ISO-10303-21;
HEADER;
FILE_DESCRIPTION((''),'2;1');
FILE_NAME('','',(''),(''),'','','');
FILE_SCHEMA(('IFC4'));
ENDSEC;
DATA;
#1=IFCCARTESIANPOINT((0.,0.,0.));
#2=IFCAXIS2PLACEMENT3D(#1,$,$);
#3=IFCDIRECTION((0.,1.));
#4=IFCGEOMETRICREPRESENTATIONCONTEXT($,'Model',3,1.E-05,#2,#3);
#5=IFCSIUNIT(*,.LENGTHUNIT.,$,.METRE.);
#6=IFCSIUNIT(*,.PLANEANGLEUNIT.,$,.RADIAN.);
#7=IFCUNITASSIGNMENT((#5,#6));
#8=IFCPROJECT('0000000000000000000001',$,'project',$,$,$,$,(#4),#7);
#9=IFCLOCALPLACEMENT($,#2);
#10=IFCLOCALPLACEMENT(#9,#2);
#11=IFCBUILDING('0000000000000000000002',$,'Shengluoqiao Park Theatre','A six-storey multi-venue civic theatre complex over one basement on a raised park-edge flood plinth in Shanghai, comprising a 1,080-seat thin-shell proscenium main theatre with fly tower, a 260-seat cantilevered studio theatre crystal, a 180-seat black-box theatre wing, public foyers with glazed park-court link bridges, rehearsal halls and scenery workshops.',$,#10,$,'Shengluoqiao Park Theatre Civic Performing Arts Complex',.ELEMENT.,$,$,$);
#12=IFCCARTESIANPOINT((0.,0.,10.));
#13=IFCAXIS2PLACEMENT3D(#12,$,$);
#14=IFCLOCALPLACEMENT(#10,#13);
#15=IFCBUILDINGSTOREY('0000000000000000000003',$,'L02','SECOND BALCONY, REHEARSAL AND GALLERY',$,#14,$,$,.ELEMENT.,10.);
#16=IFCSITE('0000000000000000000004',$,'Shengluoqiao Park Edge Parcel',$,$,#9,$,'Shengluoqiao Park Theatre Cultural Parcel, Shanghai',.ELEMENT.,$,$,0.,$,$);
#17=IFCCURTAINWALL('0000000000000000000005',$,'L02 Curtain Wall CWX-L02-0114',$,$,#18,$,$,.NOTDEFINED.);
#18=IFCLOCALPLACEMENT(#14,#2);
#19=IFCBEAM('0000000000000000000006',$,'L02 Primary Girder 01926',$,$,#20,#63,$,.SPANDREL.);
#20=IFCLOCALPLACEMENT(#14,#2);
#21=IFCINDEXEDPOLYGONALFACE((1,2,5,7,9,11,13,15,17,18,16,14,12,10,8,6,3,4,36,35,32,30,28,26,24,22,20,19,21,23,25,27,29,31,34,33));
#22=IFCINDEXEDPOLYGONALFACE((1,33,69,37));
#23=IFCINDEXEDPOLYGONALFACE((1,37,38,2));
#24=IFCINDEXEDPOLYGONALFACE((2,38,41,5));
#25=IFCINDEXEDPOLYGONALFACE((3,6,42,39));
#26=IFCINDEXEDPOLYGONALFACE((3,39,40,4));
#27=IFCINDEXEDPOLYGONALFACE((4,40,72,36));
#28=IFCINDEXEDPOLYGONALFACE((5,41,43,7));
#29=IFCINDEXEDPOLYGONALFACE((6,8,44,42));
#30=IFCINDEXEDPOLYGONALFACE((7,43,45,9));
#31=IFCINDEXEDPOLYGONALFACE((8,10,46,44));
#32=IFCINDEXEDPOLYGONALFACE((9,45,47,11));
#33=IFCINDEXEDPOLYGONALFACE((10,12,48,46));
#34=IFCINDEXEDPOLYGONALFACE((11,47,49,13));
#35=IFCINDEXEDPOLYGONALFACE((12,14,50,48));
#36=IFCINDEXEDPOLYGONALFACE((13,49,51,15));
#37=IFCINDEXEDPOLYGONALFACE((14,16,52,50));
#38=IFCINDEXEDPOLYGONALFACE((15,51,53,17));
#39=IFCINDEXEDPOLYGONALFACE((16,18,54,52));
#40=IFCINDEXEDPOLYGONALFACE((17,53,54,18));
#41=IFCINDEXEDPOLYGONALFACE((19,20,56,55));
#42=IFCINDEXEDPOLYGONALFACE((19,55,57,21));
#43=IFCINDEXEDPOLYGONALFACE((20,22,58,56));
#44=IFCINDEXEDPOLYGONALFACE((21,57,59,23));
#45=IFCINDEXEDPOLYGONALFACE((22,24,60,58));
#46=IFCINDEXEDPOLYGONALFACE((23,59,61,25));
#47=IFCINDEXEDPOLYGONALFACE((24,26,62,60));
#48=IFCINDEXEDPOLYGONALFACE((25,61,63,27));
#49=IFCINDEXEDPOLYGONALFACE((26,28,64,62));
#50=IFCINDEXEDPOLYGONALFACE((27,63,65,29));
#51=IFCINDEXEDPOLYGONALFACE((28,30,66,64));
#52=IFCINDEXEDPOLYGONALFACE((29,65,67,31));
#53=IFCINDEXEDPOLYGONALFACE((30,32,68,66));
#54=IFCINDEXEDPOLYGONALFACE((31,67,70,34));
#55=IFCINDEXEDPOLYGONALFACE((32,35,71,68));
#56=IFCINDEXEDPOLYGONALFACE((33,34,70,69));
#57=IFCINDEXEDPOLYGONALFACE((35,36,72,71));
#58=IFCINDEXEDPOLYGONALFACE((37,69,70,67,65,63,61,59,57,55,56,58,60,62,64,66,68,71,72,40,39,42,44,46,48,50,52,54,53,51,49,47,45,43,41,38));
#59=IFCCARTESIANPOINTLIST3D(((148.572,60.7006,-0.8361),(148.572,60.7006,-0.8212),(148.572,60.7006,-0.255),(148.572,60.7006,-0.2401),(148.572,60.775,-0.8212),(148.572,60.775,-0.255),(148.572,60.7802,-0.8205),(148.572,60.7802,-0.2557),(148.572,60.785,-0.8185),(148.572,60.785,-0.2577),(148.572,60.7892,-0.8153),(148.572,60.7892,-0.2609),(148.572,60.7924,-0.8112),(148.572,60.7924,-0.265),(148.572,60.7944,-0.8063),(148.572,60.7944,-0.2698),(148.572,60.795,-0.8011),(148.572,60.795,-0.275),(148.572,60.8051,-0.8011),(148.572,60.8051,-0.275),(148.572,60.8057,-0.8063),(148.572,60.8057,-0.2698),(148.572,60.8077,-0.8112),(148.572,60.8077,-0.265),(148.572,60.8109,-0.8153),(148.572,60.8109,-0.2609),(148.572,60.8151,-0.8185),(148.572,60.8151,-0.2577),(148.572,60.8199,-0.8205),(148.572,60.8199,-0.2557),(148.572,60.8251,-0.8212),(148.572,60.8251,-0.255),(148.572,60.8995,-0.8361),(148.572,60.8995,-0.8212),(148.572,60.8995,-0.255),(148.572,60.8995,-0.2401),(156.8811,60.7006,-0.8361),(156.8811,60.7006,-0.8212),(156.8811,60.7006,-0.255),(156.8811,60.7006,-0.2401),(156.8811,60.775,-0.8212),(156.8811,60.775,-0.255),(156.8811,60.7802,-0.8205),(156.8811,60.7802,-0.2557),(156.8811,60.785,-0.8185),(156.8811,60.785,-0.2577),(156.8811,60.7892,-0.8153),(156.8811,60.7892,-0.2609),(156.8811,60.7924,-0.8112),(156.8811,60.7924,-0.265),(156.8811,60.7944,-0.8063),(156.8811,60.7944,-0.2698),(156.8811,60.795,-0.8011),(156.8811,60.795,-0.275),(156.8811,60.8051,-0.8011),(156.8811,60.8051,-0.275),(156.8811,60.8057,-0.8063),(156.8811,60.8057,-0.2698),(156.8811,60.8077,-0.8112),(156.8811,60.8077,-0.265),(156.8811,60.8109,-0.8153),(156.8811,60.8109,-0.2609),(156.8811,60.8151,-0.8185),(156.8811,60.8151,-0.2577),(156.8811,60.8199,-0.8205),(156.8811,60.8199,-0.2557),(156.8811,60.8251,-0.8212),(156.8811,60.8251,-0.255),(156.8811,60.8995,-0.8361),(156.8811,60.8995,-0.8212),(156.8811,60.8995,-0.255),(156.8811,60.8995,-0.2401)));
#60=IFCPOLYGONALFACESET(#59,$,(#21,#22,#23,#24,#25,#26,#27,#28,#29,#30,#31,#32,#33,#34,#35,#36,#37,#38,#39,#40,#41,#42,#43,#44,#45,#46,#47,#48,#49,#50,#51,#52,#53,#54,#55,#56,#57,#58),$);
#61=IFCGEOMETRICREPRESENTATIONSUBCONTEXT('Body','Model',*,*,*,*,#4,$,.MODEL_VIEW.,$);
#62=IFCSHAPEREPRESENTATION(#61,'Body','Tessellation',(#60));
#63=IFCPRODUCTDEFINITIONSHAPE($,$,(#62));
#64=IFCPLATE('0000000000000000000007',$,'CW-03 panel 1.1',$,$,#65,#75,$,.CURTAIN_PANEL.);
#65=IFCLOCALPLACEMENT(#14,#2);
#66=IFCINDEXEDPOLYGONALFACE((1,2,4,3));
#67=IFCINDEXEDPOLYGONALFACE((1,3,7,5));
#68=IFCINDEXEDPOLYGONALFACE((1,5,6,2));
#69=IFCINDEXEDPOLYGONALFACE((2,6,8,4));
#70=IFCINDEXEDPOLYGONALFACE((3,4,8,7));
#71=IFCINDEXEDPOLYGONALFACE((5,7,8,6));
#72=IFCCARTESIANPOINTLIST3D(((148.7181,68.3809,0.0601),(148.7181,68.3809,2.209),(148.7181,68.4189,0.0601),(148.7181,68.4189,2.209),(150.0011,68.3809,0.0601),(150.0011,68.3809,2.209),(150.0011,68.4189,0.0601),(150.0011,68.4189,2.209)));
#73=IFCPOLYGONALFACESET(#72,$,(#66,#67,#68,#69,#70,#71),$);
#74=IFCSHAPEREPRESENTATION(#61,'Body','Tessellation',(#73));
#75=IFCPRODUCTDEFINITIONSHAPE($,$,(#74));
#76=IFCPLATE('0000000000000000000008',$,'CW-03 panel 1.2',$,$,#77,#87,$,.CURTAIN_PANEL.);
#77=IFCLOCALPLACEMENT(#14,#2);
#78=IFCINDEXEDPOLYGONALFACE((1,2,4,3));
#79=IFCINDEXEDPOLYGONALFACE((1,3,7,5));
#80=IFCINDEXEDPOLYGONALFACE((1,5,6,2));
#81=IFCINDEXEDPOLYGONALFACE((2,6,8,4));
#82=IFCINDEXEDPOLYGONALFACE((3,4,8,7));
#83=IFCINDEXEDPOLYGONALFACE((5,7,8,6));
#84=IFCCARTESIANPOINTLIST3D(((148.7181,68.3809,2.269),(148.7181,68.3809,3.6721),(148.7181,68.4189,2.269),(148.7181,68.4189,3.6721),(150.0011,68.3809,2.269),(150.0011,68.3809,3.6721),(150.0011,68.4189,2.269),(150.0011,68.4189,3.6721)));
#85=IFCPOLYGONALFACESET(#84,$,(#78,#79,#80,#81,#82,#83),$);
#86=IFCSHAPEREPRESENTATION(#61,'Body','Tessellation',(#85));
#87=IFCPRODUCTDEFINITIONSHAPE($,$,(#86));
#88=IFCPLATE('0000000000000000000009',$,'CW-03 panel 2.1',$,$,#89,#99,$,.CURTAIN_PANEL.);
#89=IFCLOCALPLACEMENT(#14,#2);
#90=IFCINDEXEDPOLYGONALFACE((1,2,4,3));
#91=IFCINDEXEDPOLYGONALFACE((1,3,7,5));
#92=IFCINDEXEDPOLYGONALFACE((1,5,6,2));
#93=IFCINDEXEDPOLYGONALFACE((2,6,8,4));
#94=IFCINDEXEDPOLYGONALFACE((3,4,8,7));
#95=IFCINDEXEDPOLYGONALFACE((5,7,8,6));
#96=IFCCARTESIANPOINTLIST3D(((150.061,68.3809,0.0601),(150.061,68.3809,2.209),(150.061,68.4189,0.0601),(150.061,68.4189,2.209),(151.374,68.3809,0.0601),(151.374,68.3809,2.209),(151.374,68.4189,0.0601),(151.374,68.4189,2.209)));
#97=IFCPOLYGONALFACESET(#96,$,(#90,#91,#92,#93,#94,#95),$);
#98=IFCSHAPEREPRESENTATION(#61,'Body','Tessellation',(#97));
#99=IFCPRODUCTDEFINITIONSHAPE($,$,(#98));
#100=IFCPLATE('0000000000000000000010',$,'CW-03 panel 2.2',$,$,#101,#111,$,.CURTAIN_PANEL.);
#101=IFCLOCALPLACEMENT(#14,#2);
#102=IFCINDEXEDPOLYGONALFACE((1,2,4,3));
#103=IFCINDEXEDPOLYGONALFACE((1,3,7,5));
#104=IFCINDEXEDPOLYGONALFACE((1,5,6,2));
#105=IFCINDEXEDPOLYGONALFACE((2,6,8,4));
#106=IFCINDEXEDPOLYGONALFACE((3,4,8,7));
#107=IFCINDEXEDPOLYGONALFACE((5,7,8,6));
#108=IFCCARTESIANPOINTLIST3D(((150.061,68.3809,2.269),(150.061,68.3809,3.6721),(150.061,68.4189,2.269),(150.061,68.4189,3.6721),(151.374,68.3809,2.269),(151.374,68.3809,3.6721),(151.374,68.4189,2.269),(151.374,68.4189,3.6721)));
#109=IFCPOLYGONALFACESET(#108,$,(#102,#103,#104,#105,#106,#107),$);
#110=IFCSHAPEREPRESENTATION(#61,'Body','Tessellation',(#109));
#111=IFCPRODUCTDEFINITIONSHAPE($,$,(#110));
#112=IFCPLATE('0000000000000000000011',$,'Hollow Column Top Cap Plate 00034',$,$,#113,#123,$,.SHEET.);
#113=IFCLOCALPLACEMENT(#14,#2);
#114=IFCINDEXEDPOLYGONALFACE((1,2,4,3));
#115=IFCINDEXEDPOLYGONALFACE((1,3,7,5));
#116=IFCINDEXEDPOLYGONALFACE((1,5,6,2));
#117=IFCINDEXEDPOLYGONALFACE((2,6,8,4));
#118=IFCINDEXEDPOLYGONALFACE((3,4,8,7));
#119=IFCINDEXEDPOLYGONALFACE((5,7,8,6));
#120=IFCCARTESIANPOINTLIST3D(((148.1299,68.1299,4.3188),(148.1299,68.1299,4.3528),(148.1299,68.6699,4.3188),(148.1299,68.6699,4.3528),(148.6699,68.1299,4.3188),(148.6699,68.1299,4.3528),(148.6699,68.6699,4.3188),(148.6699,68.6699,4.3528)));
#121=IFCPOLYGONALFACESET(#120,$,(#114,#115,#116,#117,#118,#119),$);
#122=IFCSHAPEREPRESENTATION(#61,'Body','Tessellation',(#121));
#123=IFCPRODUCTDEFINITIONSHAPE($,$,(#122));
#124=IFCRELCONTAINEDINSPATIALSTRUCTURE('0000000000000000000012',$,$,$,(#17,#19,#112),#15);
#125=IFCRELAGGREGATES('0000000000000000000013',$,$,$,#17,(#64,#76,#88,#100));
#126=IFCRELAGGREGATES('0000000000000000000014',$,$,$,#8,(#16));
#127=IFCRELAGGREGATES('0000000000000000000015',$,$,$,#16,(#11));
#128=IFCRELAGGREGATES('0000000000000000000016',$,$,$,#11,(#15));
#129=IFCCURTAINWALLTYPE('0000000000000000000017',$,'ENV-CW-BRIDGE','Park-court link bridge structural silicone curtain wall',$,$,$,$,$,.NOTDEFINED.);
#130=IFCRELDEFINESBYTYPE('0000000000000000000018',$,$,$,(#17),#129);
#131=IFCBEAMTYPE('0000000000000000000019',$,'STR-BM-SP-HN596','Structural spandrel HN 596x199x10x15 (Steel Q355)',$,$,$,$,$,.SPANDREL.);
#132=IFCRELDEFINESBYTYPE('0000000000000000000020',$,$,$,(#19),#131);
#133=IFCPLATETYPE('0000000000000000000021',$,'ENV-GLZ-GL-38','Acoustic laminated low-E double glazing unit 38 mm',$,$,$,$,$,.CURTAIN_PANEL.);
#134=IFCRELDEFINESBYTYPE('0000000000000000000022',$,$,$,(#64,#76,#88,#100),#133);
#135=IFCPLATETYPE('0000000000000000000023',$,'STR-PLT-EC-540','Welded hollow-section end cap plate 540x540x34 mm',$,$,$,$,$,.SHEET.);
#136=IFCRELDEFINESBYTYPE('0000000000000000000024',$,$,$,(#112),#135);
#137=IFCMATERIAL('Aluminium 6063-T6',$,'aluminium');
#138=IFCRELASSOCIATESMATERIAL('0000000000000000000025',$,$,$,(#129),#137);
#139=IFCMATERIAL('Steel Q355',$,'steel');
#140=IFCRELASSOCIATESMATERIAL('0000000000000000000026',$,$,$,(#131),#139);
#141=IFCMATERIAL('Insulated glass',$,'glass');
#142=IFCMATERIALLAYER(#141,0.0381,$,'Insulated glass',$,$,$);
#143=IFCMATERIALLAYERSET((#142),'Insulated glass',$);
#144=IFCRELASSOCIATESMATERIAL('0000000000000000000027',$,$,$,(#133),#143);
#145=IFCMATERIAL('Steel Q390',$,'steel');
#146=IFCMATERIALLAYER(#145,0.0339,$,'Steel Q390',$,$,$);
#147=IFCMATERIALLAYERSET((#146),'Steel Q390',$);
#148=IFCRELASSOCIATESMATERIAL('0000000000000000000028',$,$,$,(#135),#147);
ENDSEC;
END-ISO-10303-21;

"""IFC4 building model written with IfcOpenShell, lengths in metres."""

from ifc_helpers import new_model, si_unit, direction, frame, origin, origin_2d, place, context, subcontext, project, spatial, rectangle, i_section, extrude, material, layer, layer_set, material_profile, profile_set, type_object, element, aggregate, save


model = new_model("IFC4")

# Units and contexts
model_context = context("Model", 3, precision=1e-05, world=origin(), true_north=direction((0.0, 1.0)))
body_context = subcontext(model_context, "Body", "Model", "MODEL_VIEW")
ifc_project = project(units=[si_unit("LENGTHUNIT", "METRE"), si_unit("PLANEANGLEUNIT", "RADIAN")], contexts=[model_context])

# Site, building, storey
site_placement = place(None, origin())
site = spatial("IfcSite", under=ifc_project, at=site_placement, Name="Shengluoqiao Park Edge Parcel", LongName="Shengluoqiao Park Theatre Cultural Parcel, Shanghai", CompositionType="ELEMENT", RefElevation=0.0)
building_placement = place(site_placement, origin())
building = spatial("IfcBuilding", under=site, at=building_placement, Name="Shengluoqiao Park Theatre", Description="A six-storey multi-venue civic theatre complex over one basement on a raised park-edge flood plinth in Shanghai, comprising a 1,080-seat thin-shell proscenium main theatre with fly tower, a 260-seat cantilevered studio theatre crystal, a 180-seat black-box theatre wing, public foyers with glazed park-court link bridges, rehearsal halls and scenery workshops.", LongName="Shengluoqiao Park Theatre Civic Performing Arts Complex", CompositionType="ELEMENT")
storey_placement = place(building_placement, frame((0.0, 0.0, 10.0)))
storey = spatial("IfcBuildingStorey", under=building, at=storey_placement, Name="L02", Description="SECOND BALCONY, REHEARSAL AND GALLERY", CompositionType="ELEMENT", Elevation=10.0)

# Shared definitions
ifc_material_1 = material(Name="Steel Q390", Category="steel")

# Curtain wall
ifc_material_2 = material(Name="Aluminium 6063-T6", Category="aluminium")
curtain_wall_type_1 = type_object("IfcCurtainWallType", Name="ENV-CW-BRIDGE", Description="Park-court link bridge structural silicone curtain wall", PredefinedType="NOTDEFINED", material=ifc_material_2)
curtain_wall_1_placement = place(storey_placement, origin())
curtain_wall_1 = element("IfcCurtainWall", 1, at=curtain_wall_1_placement, inside=storey, type_object=curtain_wall_type_1, Name="L02 Curtain Wall CWX-L02-0114", PredefinedType="NOTDEFINED")

# Beam
ifc_material_3 = material(Name="Steel Q355", Category="steel")
ifc_material_profile_1 = material_profile(ifc_material_3, i_section(OverallWidth=0.199, OverallDepth=0.5959, WebThickness=0.01, FlangeThickness=0.0149, FilletRadius=0.02, at=origin_2d()), Name="HN 596x199x10x15")
ifc_profile_set_1 = profile_set([ifc_material_profile_1], Name="Steel Q355")
beam_type = type_object("IfcBeamType", Name="STR-BM-SP-HN596", Description="Structural spandrel HN 596x199x10x15 (Steel Q355)", PredefinedType="SPANDREL", material=ifc_profile_set_1)
beam_1_placement = place(storey_placement, frame((148.572, 60.8, -0.5381), z_axis=(1.0, 0.0, 0.0), x_axis=(0.0, 1.0, 0.0)))
element("IfcBeam", 2, at=beam_1_placement, inside=storey, type_object=beam_type, Name="L02 Primary Girder 01926", PredefinedType="SPANDREL", context=body_context, shape_type="SweptSolid", body=[
    extrude(i_section(OverallWidth=0.199, OverallDepth=0.5959, WebThickness=0.01, FlangeThickness=0.0149, FilletRadius=0.02, at=origin_2d()), origin(), (0.0, 0.0, 1.0), 8.3091),
])

# Plates
ifc_material_4 = material(Name="Insulated glass", Category="glass")
ifc_layer_1 = layer(ifc_material_4, 0.0381, Name="Insulated glass")
ifc_layer_set_1 = layer_set([ifc_layer_1], Name="Insulated glass")
plate_type_1 = type_object("IfcPlateType", Name="ENV-GLZ-GL-38", Description="Acoustic laminated low-E double glazing unit 38 mm", PredefinedType="CURTAIN_PANEL", material=ifc_layer_set_1)
plate_1_placement = place(storey_placement, frame((149.3596, 68.3999, 0.0601), z_axis=(0.0, 0.0, 1.0), x_axis=(1.0, 0.0, 0.0)))
plate_1 = element("IfcPlate", 3, at=plate_1_placement, type_object=plate_type_1, Name="CW-03 panel 1.1", PredefinedType="CURTAIN_PANEL", context=body_context, shape_type="SweptSolid", body=[
    extrude(rectangle(XDim=1.283, YDim=0.0381, at=origin_2d()), origin(), (0.0, 0.0, 1.0), 2.1489),
])
plate_2_placement = place(storey_placement, frame((149.3596, 68.3999, 2.269), z_axis=(0.0, 0.0, 1.0), x_axis=(1.0, 0.0, 0.0)))
plate_2 = element("IfcPlate", 4, at=plate_2_placement, type_object=plate_type_1, Name="CW-03 panel 1.2", PredefinedType="CURTAIN_PANEL", context=body_context, shape_type="SweptSolid", body=[
    extrude(rectangle(XDim=1.283, YDim=0.0381, at=origin_2d()), origin(), (0.0, 0.0, 1.0), 1.4031),
])
plate_3_placement = place(storey_placement, frame((150.7175, 68.3999, 0.0601), z_axis=(0.0, 0.0, 1.0), x_axis=(1.0, 0.0, 0.0)))
plate_3 = element("IfcPlate", 5, at=plate_3_placement, type_object=plate_type_1, Name="CW-03 panel 2.1", PredefinedType="CURTAIN_PANEL", context=body_context, shape_type="SweptSolid", body=[
    extrude(rectangle(XDim=1.313, YDim=0.0381, at=origin_2d()), origin(), (0.0, 0.0, 1.0), 2.1489),
])
plate_4_placement = place(storey_placement, frame((150.7175, 68.3999, 2.269), z_axis=(0.0, 0.0, 1.0), x_axis=(1.0, 0.0, 0.0)))
plate_4 = element("IfcPlate", 6, at=plate_4_placement, type_object=plate_type_1, Name="CW-03 panel 2.2", PredefinedType="CURTAIN_PANEL", context=body_context, shape_type="SweptSolid", body=[
    extrude(rectangle(XDim=1.313, YDim=0.0381, at=origin_2d()), origin(), (0.0, 0.0, 1.0), 1.4031),
])
aggregate(curtain_wall_1, [plate_1, plate_2, plate_3, plate_4])
ifc_layer_2 = layer(ifc_material_1, 0.0339, Name="Steel Q390")
ifc_layer_set_2 = layer_set([ifc_layer_2], Name="Steel Q390")
plate_type_2 = type_object("IfcPlateType", Name="STR-PLT-EC-540", Description="Welded hollow-section end cap plate 540x540x34 mm", PredefinedType="SHEET", material=ifc_layer_set_2)
plate_5_placement = place(storey_placement, frame((148.3999, 68.3999, 4.3188), z_axis=(0.0, 0.0, 1.0), x_axis=(1.0, 0.0, 0.0)))
element("IfcPlate", 7, at=plate_5_placement, inside=storey, type_object=plate_type_2, Name="Hollow Column Top Cap Plate 00034", PredefinedType="SHEET", context=body_context, shape_type="SweptSolid", body=[
    extrude(rectangle(XDim=0.54, YDim=0.54, at=origin_2d()), origin(), (0.0, 0.0, 1.0), 0.0339),
])

save(model, "model.ifc")
